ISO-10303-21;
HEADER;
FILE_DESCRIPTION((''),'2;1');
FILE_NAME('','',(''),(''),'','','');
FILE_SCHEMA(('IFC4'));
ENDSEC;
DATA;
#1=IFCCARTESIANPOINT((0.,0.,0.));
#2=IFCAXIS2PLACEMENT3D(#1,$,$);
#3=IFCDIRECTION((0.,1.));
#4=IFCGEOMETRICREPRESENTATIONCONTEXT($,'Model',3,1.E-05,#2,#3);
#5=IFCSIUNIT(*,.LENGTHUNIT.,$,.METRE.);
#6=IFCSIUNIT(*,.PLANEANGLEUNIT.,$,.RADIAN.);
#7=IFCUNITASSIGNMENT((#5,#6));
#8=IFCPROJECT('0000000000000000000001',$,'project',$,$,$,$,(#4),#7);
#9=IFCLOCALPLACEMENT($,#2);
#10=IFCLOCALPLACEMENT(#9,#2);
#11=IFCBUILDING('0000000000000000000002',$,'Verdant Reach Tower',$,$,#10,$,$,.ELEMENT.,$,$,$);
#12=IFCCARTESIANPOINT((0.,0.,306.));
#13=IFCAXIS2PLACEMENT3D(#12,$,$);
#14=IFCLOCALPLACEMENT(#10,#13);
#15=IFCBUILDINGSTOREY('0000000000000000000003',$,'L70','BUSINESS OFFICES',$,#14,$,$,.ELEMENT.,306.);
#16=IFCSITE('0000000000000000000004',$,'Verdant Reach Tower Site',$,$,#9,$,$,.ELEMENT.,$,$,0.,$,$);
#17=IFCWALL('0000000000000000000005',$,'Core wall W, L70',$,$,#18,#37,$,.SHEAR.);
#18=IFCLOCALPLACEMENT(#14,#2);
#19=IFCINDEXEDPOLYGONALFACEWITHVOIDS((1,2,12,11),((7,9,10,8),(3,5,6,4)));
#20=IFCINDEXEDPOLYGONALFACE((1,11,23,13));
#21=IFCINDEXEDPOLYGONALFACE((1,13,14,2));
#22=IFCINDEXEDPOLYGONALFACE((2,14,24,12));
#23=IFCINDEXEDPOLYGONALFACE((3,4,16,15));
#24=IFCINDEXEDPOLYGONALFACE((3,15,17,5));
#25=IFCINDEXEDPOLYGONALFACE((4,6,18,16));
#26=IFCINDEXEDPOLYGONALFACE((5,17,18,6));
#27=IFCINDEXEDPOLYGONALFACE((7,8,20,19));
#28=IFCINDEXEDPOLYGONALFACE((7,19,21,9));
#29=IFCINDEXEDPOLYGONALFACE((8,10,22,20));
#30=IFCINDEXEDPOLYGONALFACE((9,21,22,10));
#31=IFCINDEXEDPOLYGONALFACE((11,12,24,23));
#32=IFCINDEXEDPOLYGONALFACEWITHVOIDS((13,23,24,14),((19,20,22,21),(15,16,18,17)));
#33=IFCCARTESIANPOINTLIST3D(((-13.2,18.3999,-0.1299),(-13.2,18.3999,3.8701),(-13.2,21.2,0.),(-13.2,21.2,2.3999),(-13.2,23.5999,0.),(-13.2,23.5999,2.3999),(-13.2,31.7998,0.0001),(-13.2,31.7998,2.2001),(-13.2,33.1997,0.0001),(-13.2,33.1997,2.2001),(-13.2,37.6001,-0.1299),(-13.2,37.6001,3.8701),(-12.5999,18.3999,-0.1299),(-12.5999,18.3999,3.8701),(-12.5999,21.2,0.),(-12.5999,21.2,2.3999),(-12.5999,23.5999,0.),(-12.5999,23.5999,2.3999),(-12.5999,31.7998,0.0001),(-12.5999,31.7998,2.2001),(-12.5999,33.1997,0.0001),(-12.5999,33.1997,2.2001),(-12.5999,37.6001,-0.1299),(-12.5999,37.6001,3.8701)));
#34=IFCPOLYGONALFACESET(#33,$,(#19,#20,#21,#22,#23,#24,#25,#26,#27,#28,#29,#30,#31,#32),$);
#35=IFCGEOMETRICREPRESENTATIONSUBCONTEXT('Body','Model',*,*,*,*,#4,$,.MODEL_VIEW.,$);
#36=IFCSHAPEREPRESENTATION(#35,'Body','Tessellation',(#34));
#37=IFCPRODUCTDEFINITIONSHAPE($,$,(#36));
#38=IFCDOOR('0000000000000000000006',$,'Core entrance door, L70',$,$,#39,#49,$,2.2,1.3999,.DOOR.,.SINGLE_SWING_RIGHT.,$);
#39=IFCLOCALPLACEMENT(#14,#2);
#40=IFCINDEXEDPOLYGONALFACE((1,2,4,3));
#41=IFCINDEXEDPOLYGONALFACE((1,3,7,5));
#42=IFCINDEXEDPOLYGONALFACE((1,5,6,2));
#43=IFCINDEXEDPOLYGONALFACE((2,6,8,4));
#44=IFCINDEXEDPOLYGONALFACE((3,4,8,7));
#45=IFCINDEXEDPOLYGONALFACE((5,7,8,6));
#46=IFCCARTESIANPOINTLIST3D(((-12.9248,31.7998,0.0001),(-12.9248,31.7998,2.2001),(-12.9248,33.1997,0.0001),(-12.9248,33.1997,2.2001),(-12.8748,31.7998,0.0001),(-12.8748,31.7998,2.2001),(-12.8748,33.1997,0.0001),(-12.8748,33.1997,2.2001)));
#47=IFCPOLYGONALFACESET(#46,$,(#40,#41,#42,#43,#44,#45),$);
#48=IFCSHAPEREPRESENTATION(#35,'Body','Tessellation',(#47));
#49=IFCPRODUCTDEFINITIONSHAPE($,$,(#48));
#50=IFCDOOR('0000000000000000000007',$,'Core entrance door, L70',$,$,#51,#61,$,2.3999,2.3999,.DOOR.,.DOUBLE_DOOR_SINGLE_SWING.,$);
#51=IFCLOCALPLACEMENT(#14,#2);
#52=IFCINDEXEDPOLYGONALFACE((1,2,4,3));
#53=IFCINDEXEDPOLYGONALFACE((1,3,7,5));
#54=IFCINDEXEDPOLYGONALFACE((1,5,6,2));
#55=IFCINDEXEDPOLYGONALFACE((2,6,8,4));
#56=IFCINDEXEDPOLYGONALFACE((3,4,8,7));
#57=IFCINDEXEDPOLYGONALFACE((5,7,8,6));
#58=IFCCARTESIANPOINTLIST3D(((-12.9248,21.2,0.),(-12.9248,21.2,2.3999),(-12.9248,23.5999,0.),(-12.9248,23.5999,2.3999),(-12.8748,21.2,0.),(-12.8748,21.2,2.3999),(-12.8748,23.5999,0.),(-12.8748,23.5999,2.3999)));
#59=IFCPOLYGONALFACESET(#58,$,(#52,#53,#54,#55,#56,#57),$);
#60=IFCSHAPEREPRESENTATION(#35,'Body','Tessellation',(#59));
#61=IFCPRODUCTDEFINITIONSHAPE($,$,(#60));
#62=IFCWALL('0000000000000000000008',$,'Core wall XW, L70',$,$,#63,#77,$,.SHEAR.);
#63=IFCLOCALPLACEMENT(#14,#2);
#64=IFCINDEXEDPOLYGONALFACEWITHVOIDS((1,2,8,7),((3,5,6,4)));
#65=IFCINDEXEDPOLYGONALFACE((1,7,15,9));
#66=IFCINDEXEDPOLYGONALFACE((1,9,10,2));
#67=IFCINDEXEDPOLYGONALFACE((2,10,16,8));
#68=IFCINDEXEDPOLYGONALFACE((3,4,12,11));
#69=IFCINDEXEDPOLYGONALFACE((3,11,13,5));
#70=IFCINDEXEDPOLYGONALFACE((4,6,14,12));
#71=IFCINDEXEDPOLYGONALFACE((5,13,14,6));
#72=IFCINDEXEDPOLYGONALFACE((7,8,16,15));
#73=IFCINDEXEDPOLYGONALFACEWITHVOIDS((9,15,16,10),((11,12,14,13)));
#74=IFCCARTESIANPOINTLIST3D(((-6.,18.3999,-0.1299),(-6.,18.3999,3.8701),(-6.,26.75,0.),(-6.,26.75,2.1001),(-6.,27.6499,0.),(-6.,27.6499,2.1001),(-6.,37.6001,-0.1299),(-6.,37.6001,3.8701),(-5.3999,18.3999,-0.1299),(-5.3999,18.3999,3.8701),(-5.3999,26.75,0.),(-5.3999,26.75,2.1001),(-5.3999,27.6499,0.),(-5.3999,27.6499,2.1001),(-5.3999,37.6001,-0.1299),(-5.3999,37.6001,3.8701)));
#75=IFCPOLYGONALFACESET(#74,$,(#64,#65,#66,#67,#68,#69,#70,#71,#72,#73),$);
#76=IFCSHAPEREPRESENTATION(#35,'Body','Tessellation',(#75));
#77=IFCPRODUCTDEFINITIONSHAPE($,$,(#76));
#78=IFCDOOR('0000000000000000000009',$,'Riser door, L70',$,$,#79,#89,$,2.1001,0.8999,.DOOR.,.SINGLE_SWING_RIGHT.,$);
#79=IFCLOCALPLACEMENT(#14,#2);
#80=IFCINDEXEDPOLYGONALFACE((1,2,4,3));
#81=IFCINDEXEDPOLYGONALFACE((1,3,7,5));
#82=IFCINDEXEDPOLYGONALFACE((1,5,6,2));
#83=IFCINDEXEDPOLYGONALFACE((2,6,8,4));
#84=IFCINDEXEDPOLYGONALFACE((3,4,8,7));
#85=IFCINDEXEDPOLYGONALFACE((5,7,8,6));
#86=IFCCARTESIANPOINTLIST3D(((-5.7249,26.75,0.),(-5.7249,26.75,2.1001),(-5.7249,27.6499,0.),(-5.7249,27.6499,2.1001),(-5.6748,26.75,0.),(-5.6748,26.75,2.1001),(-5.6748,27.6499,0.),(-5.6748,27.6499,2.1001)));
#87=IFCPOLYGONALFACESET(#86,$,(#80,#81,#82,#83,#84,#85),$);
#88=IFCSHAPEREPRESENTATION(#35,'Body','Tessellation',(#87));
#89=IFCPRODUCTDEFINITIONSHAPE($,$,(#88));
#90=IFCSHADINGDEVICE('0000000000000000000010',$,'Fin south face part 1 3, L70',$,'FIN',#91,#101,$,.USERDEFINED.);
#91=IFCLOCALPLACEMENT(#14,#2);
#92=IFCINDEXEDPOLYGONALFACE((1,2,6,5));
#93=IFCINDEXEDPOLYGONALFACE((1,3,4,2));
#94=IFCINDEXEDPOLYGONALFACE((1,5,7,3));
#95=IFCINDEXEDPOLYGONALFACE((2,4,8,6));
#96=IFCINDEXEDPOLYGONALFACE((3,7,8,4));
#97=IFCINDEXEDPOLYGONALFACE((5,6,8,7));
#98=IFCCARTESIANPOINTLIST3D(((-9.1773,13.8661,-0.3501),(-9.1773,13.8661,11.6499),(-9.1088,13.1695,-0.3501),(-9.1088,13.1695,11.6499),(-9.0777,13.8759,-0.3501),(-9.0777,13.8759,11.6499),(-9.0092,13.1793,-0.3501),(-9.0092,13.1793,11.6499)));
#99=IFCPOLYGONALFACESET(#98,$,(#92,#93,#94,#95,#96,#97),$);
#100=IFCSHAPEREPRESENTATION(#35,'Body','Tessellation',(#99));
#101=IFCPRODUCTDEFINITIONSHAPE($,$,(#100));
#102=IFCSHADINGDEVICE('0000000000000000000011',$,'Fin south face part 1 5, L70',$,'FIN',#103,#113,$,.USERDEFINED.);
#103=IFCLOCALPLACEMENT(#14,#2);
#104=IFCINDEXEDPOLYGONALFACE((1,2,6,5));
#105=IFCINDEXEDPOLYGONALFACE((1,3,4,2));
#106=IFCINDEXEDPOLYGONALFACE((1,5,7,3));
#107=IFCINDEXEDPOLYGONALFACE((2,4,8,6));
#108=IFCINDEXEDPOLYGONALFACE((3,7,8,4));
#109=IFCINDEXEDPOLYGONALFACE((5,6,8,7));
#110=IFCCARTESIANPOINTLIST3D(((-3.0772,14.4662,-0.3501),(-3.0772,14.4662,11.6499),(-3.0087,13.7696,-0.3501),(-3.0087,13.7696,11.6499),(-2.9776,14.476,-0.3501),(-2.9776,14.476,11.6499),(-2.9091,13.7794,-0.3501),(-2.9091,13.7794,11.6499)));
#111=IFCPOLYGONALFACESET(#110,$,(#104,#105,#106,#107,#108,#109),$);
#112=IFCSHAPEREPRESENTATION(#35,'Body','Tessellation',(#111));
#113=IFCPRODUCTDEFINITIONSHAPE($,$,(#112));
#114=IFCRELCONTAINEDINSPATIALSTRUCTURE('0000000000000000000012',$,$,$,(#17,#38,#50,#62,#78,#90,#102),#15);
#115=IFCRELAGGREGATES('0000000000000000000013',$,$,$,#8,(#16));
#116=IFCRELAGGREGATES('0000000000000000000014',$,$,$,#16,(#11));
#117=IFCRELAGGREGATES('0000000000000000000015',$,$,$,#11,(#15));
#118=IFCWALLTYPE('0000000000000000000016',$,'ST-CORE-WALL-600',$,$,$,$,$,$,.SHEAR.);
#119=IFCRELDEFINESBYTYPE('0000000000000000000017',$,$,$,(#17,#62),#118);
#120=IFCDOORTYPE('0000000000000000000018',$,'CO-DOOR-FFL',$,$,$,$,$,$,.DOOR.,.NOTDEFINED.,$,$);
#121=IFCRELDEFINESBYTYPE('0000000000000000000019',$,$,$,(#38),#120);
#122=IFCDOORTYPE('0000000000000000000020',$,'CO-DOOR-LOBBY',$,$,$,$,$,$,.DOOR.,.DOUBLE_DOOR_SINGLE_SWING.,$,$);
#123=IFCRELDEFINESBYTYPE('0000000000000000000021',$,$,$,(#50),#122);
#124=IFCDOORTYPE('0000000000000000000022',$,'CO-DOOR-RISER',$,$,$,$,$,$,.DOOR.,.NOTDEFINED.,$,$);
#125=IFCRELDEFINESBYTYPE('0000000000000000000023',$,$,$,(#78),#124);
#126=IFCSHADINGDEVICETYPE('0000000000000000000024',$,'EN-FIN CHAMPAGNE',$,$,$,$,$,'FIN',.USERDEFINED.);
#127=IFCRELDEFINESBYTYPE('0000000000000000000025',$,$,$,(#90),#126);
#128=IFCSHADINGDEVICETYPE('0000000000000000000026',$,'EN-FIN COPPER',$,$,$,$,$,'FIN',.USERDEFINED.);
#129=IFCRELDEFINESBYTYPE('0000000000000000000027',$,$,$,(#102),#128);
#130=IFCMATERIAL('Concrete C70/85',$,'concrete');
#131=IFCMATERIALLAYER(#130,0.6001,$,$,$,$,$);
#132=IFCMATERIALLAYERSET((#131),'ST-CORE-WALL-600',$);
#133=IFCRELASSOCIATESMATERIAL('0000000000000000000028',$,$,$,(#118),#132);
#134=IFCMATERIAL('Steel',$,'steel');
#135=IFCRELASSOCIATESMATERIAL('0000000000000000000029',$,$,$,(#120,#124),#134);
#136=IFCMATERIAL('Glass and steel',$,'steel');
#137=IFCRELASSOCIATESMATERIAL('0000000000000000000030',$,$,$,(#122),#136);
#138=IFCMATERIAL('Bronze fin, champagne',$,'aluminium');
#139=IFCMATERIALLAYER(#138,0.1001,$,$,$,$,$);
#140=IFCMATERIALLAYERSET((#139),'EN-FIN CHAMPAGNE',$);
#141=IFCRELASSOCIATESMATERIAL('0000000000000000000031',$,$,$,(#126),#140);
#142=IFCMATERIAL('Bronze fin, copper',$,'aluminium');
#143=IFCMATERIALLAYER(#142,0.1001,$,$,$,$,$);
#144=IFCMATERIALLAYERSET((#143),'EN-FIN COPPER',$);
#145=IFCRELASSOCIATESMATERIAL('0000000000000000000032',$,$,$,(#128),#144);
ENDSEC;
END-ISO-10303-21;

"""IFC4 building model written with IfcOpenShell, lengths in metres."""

from ifc_helpers import new_model, si_unit, direction, frame, frame_2d, origin, origin_2d, place, context, subcontext, project, spatial, rectangle, extrude, material, layer, layer_set, type_object, element, fill, save


model = new_model("IFC4")

# Units and contexts
model_context = context("Model", 3, precision=1e-05, world=origin(), true_north=direction((0.0, 1.0)))
body_context = subcontext(model_context, "Body", "Model", "MODEL_VIEW")
ifc_project = project(units=[si_unit("LENGTHUNIT", "METRE"), si_unit("PLANEANGLEUNIT", "RADIAN")], contexts=[model_context])

# Site, building, storey
site_placement = place(None, origin())
site = spatial("IfcSite", under=ifc_project, at=site_placement, Name="Verdant Reach Tower Site", CompositionType="ELEMENT", RefElevation=0.0)
building_placement = place(site_placement, origin())
building = spatial("IfcBuilding", under=site, at=building_placement, Name="Verdant Reach Tower", CompositionType="ELEMENT")
storey_placement = place(building_placement, frame((0.0, 0.0, 306.0)))
storey = spatial("IfcBuildingStorey", under=building, at=storey_placement, Name="L70", Description="BUSINESS OFFICES", CompositionType="ELEMENT", Elevation=306.0)

# Wall, openings, doors
ifc_material_1 = material(Name="Concrete C70/85", Category="concrete")
ifc_layer_1 = layer(ifc_material_1, 0.6001)
ifc_layer_set_1 = layer_set([ifc_layer_1], Name="ST-CORE-WALL-600")
wall_type_1 = type_object("IfcWallType", Name="ST-CORE-WALL-600", PredefinedType="SHEAR", material=ifc_layer_set_1)
wall_1_placement = place(storey_placement, frame((-12.8999, 18.3999, -0.1299), z_axis=(0.0, 0.0, 1.0), x_axis=(0.0, 1.0, 0.0)))
wall_1 = element("IfcWall", 1, at=wall_1_placement, inside=storey, type_object=wall_type_1, Name="Core wall W, L70", PredefinedType="SHEAR", context=body_context, shape_type="SweptSolid", body=[
    extrude(rectangle(XDim=19.2002, YDim=0.6001, at=frame_2d((9.6001, 0.0))), origin(), (0.0, 0.0, 1.0), 4.0),
])
opening_1_placement = place(wall_1_placement, frame((2.8, 0.0, 0.1299)))
opening_1 = element("IfcOpeningElement", 2, at=opening_1_placement, cuts=wall_1, PredefinedType="OPENING", context=body_context, shape_type="SweptSolid", body=[
    extrude(rectangle(XDim=2.3999, YDim=2.3999, at=frame_2d((1.2, 1.2))), frame((0.0, 0.3101, 0.0), z_axis=(0.0, -1.0, 0.0), x_axis=(1.0, 0.0, 0.0)), (0.0, 0.0, 1.0), 0.6201),
])
opening_2_placement = place(wall_1_placement, frame((13.3999, 0.0, 0.1299)))
opening_2 = element("IfcOpeningElement", 3, at=opening_2_placement, cuts=wall_1, PredefinedType="OPENING", context=body_context, shape_type="SweptSolid", body=[
    extrude(rectangle(XDim=1.3999, YDim=2.2, at=frame_2d((0.7, 1.1001))), frame((0.0, 0.3101, 0.0), z_axis=(0.0, -1.0, 0.0), x_axis=(1.0, 0.0, 0.0)), (0.0, 0.0, 1.0), 0.6201),
])
ifc_material_2 = material(Name="Steel", Category="steel")
door_type_1 = type_object("IfcDoorType", Name="CO-DOOR-FFL", OperationType="NOTDEFINED", PredefinedType="DOOR", material=ifc_material_2)
door_1_placement = place(opening_2_placement, origin())
door_1 = element("IfcDoor", 4, at=door_1_placement, inside=storey, type_object=door_type_1, Name="Core entrance door, L70", OperationType="SINGLE_SWING_RIGHT", OverallHeight=2.2, OverallWidth=1.3999, PredefinedType="DOOR", context=body_context, shape_type="SweptSolid", body=[
    extrude(rectangle(XDim=1.3999, YDim=2.2, at=frame_2d((0.7, 1.1001))), frame((0.0, 0.0249, 0.0), z_axis=(0.0, -1.0, 0.0), x_axis=(1.0, 0.0, 0.0)), (0.0, 0.0, 1.0), 0.05),
])
fill(opening_2, door_1)
ifc_material_3 = material(Name="Glass and steel", Category="steel")
door_type_2 = type_object("IfcDoorType", Name="CO-DOOR-LOBBY", OperationType="DOUBLE_DOOR_SINGLE_SWING", PredefinedType="DOOR", material=ifc_material_3)
door_2_placement = place(opening_1_placement, origin())
door_2 = element("IfcDoor", 5, at=door_2_placement, inside=storey, type_object=door_type_2, Name="Core entrance door, L70", OperationType="DOUBLE_DOOR_SINGLE_SWING", OverallHeight=2.3999, OverallWidth=2.3999, PredefinedType="DOOR", context=body_context, shape_type="SweptSolid", body=[
    extrude(rectangle(XDim=2.3999, YDim=2.3999, at=frame_2d((1.2, 1.2))), frame((0.0, 0.0249, 0.0), z_axis=(0.0, -1.0, 0.0), x_axis=(1.0, 0.0, 0.0)), (0.0, 0.0, 1.0), 0.05),
])
fill(opening_1, door_2)

# Wall, opening, door
wall_2_placement = place(storey_placement, frame((-5.7, 18.3999, -0.1299), z_axis=(0.0, 0.0, 1.0), x_axis=(0.0, 1.0, 0.0)))
wall_2 = element("IfcWall", 6, at=wall_2_placement, inside=storey, type_object=wall_type_1, Name="Core wall XW, L70", PredefinedType="SHEAR", context=body_context, shape_type="SweptSolid", body=[
    extrude(rectangle(XDim=19.2002, YDim=0.6001, at=frame_2d((9.6001, 0.0))), origin(), (0.0, 0.0, 1.0), 4.0),
])
opening_3_placement = place(wall_2_placement, frame((8.3501, 0.0, 0.1299)))
opening_3 = element("IfcOpeningElement", 7, at=opening_3_placement, cuts=wall_2, PredefinedType="OPENING", context=body_context, shape_type="SweptSolid", body=[
    extrude(rectangle(XDim=0.8999, YDim=2.1001, at=frame_2d((0.45, 1.05))), frame((0.0, 0.3101, 0.0), z_axis=(0.0, -1.0, 0.0), x_axis=(1.0, 0.0, 0.0)), (0.0, 0.0, 1.0), 0.6201),
])
door_type_3 = type_object("IfcDoorType", Name="CO-DOOR-RISER", OperationType="NOTDEFINED", PredefinedType="DOOR", material=ifc_material_2)
door_3_placement = place(opening_3_placement, origin())
door_3 = element("IfcDoor", 8, at=door_3_placement, inside=storey, type_object=door_type_3, Name="Riser door, L70", OperationType="SINGLE_SWING_RIGHT", OverallHeight=2.1001, OverallWidth=0.8999, PredefinedType="DOOR", context=body_context, shape_type="SweptSolid", body=[
    extrude(rectangle(XDim=0.8999, YDim=2.1001, at=frame_2d((0.45, 1.05))), frame((0.0, 0.0249, 0.0), z_axis=(0.0, -1.0, 0.0), x_axis=(1.0, 0.0, 0.0)), (0.0, 0.0, 1.0), 0.05),
])
fill(opening_3, door_3)

# Shading devices
ifc_material_4 = material(Name="Bronze fin, champagne", Category="aluminium")
ifc_layer_2 = layer(ifc_material_4, 0.1001)
ifc_layer_set_2 = layer_set([ifc_layer_2], Name="EN-FIN CHAMPAGNE")
shading_device_type_1 = type_object("IfcShadingDeviceType", Name="EN-FIN CHAMPAGNE", ElementType="FIN", PredefinedType="USERDEFINED", material=ifc_layer_set_2)
shading_device_1_placement = place(storey_placement, frame((-9.0933, 13.5227, -0.3501), z_axis=(0.0, 0.0, 1.0), x_axis=(0.995197, 0.097888, 0.0)))
element("IfcShadingDevice", 9, at=shading_device_1_placement, inside=storey, type_object=shading_device_type_1, Name="Fin south face part 1 3, L70", ObjectType="FIN", PredefinedType="USERDEFINED", context=body_context, shape_type="SweptSolid", body=[
    extrude(rectangle(XDim=0.1001, YDim=0.7, at=origin_2d()), origin(), (0.0, 0.0, 1.0), 12.0),
])
ifc_material_5 = material(Name="Bronze fin, copper", Category="aluminium")
ifc_layer_3 = layer(ifc_material_5, 0.1001)
ifc_layer_set_3 = layer_set([ifc_layer_3], Name="EN-FIN COPPER")
shading_device_type_2 = type_object("IfcShadingDeviceType", Name="EN-FIN COPPER", ElementType="FIN", PredefinedType="USERDEFINED", material=ifc_layer_set_3)
shading_device_2_placement = place(storey_placement, frame((-2.9932, 14.1228, -0.3501), z_axis=(0.0, 0.0, 1.0), x_axis=(0.995197, 0.097888, 0.0)))
element("IfcShadingDevice", 10, at=shading_device_2_placement, inside=storey, type_object=shading_device_type_2, Name="Fin south face part 1 5, L70", ObjectType="FIN", PredefinedType="USERDEFINED", context=body_context, shape_type="SweptSolid", body=[
    extrude(rectangle(XDim=0.1001, YDim=0.7, at=origin_2d()), origin(), (0.0, 0.0, 1.0), 12.0),
])

save(model, "model.ifc")
